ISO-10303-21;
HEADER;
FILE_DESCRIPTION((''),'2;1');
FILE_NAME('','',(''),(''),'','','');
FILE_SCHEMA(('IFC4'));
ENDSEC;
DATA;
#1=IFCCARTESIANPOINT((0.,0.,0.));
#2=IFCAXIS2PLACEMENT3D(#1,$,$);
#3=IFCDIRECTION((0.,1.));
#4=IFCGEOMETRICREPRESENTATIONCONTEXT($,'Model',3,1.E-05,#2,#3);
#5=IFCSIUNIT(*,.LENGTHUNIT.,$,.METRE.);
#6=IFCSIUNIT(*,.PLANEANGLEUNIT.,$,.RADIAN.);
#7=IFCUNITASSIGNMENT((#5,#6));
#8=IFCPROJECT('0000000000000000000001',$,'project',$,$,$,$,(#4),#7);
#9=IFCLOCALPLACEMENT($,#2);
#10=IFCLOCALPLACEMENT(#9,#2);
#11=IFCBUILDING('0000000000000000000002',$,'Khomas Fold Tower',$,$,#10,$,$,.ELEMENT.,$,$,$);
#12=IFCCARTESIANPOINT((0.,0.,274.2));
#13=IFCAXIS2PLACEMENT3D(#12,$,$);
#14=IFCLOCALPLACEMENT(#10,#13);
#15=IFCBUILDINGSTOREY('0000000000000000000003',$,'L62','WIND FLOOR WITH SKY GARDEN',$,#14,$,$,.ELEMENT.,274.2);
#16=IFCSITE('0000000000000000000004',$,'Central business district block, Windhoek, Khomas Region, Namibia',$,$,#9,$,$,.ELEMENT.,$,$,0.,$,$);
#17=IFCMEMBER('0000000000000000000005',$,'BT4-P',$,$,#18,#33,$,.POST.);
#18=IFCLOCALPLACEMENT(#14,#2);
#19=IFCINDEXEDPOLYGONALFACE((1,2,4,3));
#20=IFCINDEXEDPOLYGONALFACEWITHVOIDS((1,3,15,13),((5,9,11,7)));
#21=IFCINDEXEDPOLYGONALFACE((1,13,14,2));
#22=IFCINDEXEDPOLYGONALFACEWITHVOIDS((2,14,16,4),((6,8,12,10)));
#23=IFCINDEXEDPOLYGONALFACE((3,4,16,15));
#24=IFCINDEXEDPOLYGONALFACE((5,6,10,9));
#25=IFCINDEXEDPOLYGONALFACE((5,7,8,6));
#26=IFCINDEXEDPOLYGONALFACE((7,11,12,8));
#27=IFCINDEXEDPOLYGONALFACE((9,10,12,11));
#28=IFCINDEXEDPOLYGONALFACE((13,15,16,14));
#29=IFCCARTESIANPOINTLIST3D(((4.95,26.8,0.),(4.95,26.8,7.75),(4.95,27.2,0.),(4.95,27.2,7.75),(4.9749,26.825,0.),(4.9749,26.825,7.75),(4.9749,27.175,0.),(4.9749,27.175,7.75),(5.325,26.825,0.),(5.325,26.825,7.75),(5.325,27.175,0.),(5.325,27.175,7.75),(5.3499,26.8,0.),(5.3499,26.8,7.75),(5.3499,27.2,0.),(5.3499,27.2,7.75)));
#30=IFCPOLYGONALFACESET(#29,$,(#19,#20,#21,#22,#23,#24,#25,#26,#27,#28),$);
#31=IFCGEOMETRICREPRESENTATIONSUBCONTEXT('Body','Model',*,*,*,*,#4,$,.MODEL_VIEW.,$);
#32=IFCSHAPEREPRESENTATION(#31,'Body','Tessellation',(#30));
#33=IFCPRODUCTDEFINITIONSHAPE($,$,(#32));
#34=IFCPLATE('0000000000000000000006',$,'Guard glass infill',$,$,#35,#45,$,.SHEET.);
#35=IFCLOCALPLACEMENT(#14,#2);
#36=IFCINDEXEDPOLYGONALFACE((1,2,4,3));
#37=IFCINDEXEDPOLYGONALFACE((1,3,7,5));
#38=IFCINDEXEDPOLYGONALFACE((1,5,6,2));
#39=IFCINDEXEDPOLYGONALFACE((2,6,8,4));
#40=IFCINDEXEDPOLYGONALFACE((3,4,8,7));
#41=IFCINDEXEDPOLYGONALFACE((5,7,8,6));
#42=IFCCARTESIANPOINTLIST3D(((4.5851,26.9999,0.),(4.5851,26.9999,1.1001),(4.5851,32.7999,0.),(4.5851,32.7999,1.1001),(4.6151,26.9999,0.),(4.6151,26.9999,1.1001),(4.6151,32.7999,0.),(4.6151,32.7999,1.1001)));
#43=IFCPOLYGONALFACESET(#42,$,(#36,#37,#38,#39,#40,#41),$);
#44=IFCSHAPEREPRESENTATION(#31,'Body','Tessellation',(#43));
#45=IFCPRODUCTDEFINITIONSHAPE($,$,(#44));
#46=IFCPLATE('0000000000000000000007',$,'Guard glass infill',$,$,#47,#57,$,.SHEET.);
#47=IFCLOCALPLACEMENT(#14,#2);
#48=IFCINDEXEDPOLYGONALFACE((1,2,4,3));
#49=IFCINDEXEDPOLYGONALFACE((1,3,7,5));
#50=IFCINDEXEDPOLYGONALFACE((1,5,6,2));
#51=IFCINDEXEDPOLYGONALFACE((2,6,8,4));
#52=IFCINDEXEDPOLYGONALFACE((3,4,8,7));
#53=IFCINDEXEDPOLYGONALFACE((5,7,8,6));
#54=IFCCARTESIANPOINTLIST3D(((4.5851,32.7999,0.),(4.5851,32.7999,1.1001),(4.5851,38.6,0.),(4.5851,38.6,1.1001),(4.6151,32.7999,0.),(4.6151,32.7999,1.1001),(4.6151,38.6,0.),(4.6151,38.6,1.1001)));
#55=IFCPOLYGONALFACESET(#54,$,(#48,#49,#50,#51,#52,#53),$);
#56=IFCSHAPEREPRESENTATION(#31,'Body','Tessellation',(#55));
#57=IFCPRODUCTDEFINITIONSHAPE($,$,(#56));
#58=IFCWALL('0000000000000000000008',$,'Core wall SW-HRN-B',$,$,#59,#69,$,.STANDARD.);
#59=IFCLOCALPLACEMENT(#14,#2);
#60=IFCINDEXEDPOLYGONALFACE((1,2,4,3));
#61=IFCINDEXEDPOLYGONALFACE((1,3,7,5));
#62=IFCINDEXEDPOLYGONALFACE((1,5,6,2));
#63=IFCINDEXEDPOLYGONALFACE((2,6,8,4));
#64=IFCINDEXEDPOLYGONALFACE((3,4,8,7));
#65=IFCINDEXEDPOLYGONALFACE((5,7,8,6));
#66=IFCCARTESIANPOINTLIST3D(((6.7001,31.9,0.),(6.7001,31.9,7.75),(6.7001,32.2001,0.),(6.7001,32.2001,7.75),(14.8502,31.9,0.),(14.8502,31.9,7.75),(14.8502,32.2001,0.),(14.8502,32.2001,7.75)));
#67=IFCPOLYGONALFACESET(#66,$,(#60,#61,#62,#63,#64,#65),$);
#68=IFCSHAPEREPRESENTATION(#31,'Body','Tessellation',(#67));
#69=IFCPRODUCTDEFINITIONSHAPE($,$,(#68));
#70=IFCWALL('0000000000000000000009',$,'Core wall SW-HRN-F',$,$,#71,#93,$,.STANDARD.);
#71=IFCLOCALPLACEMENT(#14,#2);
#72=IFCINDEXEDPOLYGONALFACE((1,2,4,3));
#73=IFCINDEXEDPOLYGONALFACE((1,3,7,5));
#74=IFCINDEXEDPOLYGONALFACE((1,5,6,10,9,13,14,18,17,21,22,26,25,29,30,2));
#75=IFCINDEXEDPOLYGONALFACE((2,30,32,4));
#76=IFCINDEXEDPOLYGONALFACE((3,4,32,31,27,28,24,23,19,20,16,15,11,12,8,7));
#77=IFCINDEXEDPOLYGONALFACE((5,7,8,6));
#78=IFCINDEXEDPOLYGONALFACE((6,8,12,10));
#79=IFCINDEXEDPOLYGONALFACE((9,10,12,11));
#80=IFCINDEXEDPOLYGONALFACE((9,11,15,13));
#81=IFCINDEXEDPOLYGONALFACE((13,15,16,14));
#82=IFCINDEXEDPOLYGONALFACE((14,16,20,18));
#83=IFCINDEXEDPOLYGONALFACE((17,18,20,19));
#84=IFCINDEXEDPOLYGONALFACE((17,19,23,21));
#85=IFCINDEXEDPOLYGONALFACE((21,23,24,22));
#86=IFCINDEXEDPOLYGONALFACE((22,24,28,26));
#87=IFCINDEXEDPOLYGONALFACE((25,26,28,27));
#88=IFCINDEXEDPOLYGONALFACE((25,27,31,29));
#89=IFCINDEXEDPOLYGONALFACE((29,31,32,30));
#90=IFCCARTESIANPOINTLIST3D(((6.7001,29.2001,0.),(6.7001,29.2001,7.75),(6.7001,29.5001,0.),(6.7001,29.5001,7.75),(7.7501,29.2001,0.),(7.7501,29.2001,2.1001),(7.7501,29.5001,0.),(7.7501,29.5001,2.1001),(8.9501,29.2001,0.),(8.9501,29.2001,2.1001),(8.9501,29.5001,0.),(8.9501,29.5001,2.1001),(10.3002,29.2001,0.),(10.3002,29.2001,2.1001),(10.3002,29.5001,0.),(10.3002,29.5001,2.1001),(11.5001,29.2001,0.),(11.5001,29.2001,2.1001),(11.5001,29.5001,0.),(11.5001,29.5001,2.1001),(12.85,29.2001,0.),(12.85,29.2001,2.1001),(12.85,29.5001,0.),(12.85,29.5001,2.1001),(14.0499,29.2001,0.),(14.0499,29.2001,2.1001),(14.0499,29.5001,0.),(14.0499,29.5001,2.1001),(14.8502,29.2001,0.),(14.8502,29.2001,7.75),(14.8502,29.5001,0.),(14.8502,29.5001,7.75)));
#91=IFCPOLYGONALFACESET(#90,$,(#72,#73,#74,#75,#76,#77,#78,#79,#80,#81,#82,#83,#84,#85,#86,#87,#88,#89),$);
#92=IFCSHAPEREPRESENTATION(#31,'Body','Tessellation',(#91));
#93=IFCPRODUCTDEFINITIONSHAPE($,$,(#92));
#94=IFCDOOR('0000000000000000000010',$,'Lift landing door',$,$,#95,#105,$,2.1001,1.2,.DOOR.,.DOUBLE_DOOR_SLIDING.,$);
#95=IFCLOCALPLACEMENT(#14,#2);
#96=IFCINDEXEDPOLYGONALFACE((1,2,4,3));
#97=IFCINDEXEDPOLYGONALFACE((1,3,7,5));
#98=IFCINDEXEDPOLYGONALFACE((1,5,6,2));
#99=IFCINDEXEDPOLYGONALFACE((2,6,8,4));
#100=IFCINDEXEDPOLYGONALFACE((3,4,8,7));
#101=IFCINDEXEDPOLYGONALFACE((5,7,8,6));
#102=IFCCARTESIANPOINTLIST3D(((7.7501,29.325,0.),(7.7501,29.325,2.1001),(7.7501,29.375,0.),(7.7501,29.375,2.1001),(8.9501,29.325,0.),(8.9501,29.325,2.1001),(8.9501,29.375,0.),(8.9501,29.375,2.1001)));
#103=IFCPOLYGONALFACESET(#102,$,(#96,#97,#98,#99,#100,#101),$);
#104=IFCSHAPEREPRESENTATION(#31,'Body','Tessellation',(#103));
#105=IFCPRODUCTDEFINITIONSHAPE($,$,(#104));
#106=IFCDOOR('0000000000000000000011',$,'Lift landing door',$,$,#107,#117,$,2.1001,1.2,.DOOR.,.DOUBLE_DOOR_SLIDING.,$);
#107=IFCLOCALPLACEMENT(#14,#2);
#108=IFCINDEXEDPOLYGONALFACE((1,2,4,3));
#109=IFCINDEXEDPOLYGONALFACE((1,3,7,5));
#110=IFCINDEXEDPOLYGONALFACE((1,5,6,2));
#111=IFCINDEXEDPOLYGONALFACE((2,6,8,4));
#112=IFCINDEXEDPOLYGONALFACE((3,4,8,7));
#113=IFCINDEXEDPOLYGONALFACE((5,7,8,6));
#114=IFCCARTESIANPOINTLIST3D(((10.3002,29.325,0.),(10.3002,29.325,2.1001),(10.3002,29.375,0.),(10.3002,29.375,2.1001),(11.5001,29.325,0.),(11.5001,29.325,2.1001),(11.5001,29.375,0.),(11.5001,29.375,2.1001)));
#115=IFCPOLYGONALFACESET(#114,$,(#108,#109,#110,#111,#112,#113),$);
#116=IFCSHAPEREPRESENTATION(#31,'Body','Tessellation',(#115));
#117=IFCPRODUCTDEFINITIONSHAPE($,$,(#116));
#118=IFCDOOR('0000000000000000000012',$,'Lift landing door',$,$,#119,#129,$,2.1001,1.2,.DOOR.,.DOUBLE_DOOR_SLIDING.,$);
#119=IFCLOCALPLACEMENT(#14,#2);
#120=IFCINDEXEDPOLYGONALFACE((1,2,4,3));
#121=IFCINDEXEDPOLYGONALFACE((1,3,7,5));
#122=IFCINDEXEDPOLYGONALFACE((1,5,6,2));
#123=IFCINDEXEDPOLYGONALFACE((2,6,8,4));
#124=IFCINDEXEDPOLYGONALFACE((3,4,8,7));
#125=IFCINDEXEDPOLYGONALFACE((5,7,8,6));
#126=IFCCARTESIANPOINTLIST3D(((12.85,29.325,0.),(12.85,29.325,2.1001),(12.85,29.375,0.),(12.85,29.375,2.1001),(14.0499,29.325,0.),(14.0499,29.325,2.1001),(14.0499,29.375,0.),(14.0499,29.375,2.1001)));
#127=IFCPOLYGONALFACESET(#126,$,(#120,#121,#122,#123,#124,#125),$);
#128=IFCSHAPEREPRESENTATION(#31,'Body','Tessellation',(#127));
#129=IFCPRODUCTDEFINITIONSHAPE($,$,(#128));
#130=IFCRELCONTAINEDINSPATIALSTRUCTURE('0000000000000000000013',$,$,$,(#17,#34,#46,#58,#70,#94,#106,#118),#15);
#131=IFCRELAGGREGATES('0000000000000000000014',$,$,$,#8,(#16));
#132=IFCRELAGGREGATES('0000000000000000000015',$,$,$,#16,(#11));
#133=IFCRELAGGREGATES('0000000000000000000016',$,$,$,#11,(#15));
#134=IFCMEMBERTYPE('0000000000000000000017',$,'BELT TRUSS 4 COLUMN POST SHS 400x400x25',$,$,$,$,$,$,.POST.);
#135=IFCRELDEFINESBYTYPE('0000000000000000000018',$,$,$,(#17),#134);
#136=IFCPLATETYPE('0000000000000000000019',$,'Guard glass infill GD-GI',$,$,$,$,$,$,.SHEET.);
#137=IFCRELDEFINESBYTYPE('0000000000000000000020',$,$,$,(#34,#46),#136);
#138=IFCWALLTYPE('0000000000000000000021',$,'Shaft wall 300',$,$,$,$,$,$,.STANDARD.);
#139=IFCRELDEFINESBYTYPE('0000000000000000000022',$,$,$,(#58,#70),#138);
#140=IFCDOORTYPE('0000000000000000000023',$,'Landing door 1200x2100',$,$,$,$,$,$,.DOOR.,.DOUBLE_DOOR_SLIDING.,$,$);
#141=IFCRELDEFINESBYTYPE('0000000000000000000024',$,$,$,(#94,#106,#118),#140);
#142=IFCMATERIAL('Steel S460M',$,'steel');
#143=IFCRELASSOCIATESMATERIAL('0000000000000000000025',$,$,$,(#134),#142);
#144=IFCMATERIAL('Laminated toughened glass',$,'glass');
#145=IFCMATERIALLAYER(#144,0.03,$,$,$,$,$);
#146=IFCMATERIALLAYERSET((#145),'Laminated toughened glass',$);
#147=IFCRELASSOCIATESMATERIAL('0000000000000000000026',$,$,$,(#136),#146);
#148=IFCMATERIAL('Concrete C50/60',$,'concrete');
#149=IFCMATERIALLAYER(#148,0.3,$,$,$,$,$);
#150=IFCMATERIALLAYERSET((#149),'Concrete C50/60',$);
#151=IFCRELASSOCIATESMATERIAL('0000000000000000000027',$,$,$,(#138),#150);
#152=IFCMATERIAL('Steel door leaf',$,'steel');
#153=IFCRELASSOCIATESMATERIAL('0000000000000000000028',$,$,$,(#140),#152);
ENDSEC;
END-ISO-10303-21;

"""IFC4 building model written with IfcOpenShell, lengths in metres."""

from ifc_helpers import new_model, si_unit, direction, frame, frame_2d, origin, origin_2d, place, context, subcontext, project, spatial, rectangle, hollow_rectangle, extrude, source, transform, mapped, material, layer, layer_set, material_profile, profile_set, type_object, element, fill, save


model = new_model("IFC4")

# Units and contexts
model_context = context("Model", 3, precision=1e-05, world=origin(), true_north=direction((0.0, 1.0)))
body_context = subcontext(model_context, "Body", "Model", "MODEL_VIEW")
ifc_project = project(units=[si_unit("LENGTHUNIT", "METRE"), si_unit("PLANEANGLEUNIT", "RADIAN")], contexts=[model_context])

# Site, building, storey
site_placement = place(None, origin())
site = spatial("IfcSite", under=ifc_project, at=site_placement, Name="Central business district block, Windhoek, Khomas Region, Namibia", CompositionType="ELEMENT", RefElevation=0.0)
building_placement = place(site_placement, origin())
building = spatial("IfcBuilding", under=site, at=building_placement, Name="Khomas Fold Tower", CompositionType="ELEMENT")
storey_placement = place(building_placement, frame((0.0, 0.0, 274.2)))
storey = spatial("IfcBuildingStorey", under=building, at=storey_placement, Name="L62", Description="WIND FLOOR WITH SKY GARDEN", CompositionType="ELEMENT", Elevation=274.2)

# Member
ifc_material_1 = material(Name="Steel S460M", Category="steel")
ifc_material_profile_1 = material_profile(ifc_material_1, hollow_rectangle(XDim=0.3999, YDim=0.3999, WallThickness=0.0249, at=origin_2d()), Name="SHS 400x400x25")
ifc_profile_set_1 = profile_set([ifc_material_profile_1], Name="Steel S460M")
member_type_1 = type_object("IfcMemberType", Name="BELT TRUSS 4 COLUMN POST SHS 400x400x25", PredefinedType="POST", material=ifc_profile_set_1)
shared_shape_1 = source(origin(), body_context, "Body", "SweptSolid", [
    extrude(hollow_rectangle(XDim=0.3999, YDim=0.3999, WallThickness=0.0249, at=origin_2d()), origin(), (0.0, 0.0, 1.0), 7.75),
])
for number, where, z_axis, x_axis, name in (
    (1, (5.1499, 27.0, 0.0), (0.0, 0.0, 1.0), (1.0, 0.0, 0.0), "BT4-P"),
):
    element("IfcMember", number, at=place(storey_placement, frame(where, z_axis=z_axis, x_axis=x_axis)), inside=storey, type_object=member_type_1, Name=name, PredefinedType="POST", context=body_context, shape_type="MappedRepresentation", body=[
        mapped(shared_shape_1, transform((0.0, 0.0, 0.0))),
    ])

# Plates
ifc_material_2 = material(Name="Laminated toughened glass", Category="glass")
ifc_layer_1 = layer(ifc_material_2, 0.03)
ifc_layer_set_1 = layer_set([ifc_layer_1], Name="Laminated toughened glass")
plate_type = type_object("IfcPlateType", Name="Guard glass infill GD-GI", PredefinedType="SHEET", material=ifc_layer_set_1)
shared_shape_2 = source(origin(), body_context, "Body", "SweptSolid", [
    extrude(rectangle(XDim=5.8, YDim=0.03, at=origin_2d()), origin(), (0.0, 0.0, 1.0), 1.1001),
])
for number, where, z_axis, x_axis, name in (
    (2, (4.6001, 29.8999, 0.0), (0.0, 0.0, 1.0), (0.0, 1.0, 0.0), "Guard glass infill"),
    (3, (4.6001, 35.7, 0.0), (0.0, 0.0, 1.0), (0.0, 1.0, 0.0), "Guard glass infill"),
):
    element("IfcPlate", number, at=place(storey_placement, frame(where, z_axis=z_axis, x_axis=x_axis)), inside=storey, type_object=plate_type, Name=name, PredefinedType="SHEET", context=body_context, shape_type="MappedRepresentation", body=[
        mapped(shared_shape_2, transform((0.0, 0.0, 0.0))),
    ])

# Wall
ifc_material_3 = material(Name="Concrete C50/60", Category="concrete")
ifc_layer_2 = layer(ifc_material_3, 0.3)
ifc_layer_set_2 = layer_set([ifc_layer_2], Name="Concrete C50/60")
wall_type = type_object("IfcWallType", Name="Shaft wall 300", PredefinedType="STANDARD", material=ifc_layer_set_2)
shared_shape_3 = source(origin(), body_context, "Body", "SweptSolid", [
    extrude(rectangle(XDim=8.1501, YDim=0.3, at=frame_2d((4.0752, 0.0))), origin(), (0.0, 0.0, 1.0), 7.75),
])
wall_1_placement = place(storey_placement, frame((6.7, 32.05, 0.0), z_axis=(0.0, 0.0, 1.0), x_axis=(1.0, 0.0, 0.0)))
element("IfcWall", 4, at=wall_1_placement, inside=storey, type_object=wall_type, Name="Core wall SW-HRN-B", PredefinedType="STANDARD", context=body_context, shape_type="MappedRepresentation", body=[
    mapped(shared_shape_3, transform((0.0, 0.0, 0.0))),
])

# Wall, openings, doors
wall_2_placement = place(storey_placement, frame((6.7, 29.3501, 0.0), z_axis=(0.0, 0.0, 1.0), x_axis=(1.0, 0.0, 0.0)))
wall_2 = element("IfcWall", 5, at=wall_2_placement, inside=storey, type_object=wall_type, Name="Core wall SW-HRN-F", PredefinedType="STANDARD", context=body_context, shape_type="MappedRepresentation", body=[
    mapped(shared_shape_3, transform((0.0, 0.0, 0.0))),
])
shared_shape_4 = source(origin(), body_context, "Body", "SweptSolid", [
    extrude(rectangle(XDim=1.2, YDim=2.1001, at=frame_2d((0.6001, 1.05))), frame((0.0, 0.1599, 0.0), z_axis=(0.0, -1.0, 0.0), x_axis=(1.0, 0.0, 0.0)), (0.0, 0.0, 1.0), 0.3201),
])
opening_1_placement = place(wall_2_placement, frame((1.05, 0.0, 0.0)))
opening_1 = element("IfcOpeningElement", 6, at=opening_1_placement, cuts=wall_2, PredefinedType="OPENING", context=body_context, shape_type="MappedRepresentation", body=[
    mapped(shared_shape_4, transform((0.0, 0.0, 0.0))),
])
opening_2_placement = place(wall_2_placement, frame((3.6001, 0.0, 0.0)))
opening_2 = element("IfcOpeningElement", 7, at=opening_2_placement, cuts=wall_2, PredefinedType="OPENING", context=body_context, shape_type="MappedRepresentation", body=[
    mapped(shared_shape_4, transform((0.0, 0.0, 0.0))),
])
opening_3_placement = place(wall_2_placement, frame((6.1499, 0.0, 0.0)))
opening_3 = element("IfcOpeningElement", 8, at=opening_3_placement, cuts=wall_2, PredefinedType="OPENING", context=body_context, shape_type="MappedRepresentation", body=[
    mapped(shared_shape_4, transform((0.0, 0.0, 0.0))),
])
ifc_material_4 = material(Name="Steel door leaf", Category="steel")
door_type = type_object("IfcDoorType", Name="Landing door 1200x2100", OperationType="DOUBLE_DOOR_SLIDING", PredefinedType="DOOR", material=ifc_material_4)
shared_shape_5 = source(origin(), body_context, "Body", "SweptSolid", [
    extrude(rectangle(XDim=1.2, YDim=2.1001, at=frame_2d((0.6001, 1.05))), frame((0.0, 0.0249, 0.0), z_axis=(0.0, -1.0, 0.0), x_axis=(1.0, 0.0, 0.0)), (0.0, 0.0, 1.0), 0.05),
])
door_1_placement = place(opening_1_placement, origin())
door_1 = element("IfcDoor", 9, at=door_1_placement, inside=storey, type_object=door_type, Name="Lift landing door", OperationType="DOUBLE_DOOR_SLIDING", OverallHeight=2.1001, OverallWidth=1.2, PredefinedType="DOOR", context=body_context, shape_type="MappedRepresentation", body=[
    mapped(shared_shape_5, transform((0.0, 0.0, 0.0))),
])
fill(opening_1, door_1)
door_2_placement = place(opening_2_placement, origin())
door_2 = element("IfcDoor", 10, at=door_2_placement, inside=storey, type_object=door_type, Name="Lift landing door", OperationType="DOUBLE_DOOR_SLIDING", OverallHeight=2.1001, OverallWidth=1.2, PredefinedType="DOOR", context=body_context, shape_type="MappedRepresentation", body=[
    mapped(shared_shape_5, transform((0.0, 0.0, 0.0))),
])
fill(opening_2, door_2)
door_3_placement = place(opening_3_placement, origin())
door_3 = element("IfcDoor", 11, at=door_3_placement, inside=storey, type_object=door_type, Name="Lift landing door", OperationType="DOUBLE_DOOR_SLIDING", OverallHeight=2.1001, OverallWidth=1.2, PredefinedType="DOOR", context=body_context, shape_type="MappedRepresentation", body=[
    mapped(shared_shape_5, transform((0.0, 0.0, 0.0))),
])
fill(opening_3, door_3)

save(model, "model.ifc")
